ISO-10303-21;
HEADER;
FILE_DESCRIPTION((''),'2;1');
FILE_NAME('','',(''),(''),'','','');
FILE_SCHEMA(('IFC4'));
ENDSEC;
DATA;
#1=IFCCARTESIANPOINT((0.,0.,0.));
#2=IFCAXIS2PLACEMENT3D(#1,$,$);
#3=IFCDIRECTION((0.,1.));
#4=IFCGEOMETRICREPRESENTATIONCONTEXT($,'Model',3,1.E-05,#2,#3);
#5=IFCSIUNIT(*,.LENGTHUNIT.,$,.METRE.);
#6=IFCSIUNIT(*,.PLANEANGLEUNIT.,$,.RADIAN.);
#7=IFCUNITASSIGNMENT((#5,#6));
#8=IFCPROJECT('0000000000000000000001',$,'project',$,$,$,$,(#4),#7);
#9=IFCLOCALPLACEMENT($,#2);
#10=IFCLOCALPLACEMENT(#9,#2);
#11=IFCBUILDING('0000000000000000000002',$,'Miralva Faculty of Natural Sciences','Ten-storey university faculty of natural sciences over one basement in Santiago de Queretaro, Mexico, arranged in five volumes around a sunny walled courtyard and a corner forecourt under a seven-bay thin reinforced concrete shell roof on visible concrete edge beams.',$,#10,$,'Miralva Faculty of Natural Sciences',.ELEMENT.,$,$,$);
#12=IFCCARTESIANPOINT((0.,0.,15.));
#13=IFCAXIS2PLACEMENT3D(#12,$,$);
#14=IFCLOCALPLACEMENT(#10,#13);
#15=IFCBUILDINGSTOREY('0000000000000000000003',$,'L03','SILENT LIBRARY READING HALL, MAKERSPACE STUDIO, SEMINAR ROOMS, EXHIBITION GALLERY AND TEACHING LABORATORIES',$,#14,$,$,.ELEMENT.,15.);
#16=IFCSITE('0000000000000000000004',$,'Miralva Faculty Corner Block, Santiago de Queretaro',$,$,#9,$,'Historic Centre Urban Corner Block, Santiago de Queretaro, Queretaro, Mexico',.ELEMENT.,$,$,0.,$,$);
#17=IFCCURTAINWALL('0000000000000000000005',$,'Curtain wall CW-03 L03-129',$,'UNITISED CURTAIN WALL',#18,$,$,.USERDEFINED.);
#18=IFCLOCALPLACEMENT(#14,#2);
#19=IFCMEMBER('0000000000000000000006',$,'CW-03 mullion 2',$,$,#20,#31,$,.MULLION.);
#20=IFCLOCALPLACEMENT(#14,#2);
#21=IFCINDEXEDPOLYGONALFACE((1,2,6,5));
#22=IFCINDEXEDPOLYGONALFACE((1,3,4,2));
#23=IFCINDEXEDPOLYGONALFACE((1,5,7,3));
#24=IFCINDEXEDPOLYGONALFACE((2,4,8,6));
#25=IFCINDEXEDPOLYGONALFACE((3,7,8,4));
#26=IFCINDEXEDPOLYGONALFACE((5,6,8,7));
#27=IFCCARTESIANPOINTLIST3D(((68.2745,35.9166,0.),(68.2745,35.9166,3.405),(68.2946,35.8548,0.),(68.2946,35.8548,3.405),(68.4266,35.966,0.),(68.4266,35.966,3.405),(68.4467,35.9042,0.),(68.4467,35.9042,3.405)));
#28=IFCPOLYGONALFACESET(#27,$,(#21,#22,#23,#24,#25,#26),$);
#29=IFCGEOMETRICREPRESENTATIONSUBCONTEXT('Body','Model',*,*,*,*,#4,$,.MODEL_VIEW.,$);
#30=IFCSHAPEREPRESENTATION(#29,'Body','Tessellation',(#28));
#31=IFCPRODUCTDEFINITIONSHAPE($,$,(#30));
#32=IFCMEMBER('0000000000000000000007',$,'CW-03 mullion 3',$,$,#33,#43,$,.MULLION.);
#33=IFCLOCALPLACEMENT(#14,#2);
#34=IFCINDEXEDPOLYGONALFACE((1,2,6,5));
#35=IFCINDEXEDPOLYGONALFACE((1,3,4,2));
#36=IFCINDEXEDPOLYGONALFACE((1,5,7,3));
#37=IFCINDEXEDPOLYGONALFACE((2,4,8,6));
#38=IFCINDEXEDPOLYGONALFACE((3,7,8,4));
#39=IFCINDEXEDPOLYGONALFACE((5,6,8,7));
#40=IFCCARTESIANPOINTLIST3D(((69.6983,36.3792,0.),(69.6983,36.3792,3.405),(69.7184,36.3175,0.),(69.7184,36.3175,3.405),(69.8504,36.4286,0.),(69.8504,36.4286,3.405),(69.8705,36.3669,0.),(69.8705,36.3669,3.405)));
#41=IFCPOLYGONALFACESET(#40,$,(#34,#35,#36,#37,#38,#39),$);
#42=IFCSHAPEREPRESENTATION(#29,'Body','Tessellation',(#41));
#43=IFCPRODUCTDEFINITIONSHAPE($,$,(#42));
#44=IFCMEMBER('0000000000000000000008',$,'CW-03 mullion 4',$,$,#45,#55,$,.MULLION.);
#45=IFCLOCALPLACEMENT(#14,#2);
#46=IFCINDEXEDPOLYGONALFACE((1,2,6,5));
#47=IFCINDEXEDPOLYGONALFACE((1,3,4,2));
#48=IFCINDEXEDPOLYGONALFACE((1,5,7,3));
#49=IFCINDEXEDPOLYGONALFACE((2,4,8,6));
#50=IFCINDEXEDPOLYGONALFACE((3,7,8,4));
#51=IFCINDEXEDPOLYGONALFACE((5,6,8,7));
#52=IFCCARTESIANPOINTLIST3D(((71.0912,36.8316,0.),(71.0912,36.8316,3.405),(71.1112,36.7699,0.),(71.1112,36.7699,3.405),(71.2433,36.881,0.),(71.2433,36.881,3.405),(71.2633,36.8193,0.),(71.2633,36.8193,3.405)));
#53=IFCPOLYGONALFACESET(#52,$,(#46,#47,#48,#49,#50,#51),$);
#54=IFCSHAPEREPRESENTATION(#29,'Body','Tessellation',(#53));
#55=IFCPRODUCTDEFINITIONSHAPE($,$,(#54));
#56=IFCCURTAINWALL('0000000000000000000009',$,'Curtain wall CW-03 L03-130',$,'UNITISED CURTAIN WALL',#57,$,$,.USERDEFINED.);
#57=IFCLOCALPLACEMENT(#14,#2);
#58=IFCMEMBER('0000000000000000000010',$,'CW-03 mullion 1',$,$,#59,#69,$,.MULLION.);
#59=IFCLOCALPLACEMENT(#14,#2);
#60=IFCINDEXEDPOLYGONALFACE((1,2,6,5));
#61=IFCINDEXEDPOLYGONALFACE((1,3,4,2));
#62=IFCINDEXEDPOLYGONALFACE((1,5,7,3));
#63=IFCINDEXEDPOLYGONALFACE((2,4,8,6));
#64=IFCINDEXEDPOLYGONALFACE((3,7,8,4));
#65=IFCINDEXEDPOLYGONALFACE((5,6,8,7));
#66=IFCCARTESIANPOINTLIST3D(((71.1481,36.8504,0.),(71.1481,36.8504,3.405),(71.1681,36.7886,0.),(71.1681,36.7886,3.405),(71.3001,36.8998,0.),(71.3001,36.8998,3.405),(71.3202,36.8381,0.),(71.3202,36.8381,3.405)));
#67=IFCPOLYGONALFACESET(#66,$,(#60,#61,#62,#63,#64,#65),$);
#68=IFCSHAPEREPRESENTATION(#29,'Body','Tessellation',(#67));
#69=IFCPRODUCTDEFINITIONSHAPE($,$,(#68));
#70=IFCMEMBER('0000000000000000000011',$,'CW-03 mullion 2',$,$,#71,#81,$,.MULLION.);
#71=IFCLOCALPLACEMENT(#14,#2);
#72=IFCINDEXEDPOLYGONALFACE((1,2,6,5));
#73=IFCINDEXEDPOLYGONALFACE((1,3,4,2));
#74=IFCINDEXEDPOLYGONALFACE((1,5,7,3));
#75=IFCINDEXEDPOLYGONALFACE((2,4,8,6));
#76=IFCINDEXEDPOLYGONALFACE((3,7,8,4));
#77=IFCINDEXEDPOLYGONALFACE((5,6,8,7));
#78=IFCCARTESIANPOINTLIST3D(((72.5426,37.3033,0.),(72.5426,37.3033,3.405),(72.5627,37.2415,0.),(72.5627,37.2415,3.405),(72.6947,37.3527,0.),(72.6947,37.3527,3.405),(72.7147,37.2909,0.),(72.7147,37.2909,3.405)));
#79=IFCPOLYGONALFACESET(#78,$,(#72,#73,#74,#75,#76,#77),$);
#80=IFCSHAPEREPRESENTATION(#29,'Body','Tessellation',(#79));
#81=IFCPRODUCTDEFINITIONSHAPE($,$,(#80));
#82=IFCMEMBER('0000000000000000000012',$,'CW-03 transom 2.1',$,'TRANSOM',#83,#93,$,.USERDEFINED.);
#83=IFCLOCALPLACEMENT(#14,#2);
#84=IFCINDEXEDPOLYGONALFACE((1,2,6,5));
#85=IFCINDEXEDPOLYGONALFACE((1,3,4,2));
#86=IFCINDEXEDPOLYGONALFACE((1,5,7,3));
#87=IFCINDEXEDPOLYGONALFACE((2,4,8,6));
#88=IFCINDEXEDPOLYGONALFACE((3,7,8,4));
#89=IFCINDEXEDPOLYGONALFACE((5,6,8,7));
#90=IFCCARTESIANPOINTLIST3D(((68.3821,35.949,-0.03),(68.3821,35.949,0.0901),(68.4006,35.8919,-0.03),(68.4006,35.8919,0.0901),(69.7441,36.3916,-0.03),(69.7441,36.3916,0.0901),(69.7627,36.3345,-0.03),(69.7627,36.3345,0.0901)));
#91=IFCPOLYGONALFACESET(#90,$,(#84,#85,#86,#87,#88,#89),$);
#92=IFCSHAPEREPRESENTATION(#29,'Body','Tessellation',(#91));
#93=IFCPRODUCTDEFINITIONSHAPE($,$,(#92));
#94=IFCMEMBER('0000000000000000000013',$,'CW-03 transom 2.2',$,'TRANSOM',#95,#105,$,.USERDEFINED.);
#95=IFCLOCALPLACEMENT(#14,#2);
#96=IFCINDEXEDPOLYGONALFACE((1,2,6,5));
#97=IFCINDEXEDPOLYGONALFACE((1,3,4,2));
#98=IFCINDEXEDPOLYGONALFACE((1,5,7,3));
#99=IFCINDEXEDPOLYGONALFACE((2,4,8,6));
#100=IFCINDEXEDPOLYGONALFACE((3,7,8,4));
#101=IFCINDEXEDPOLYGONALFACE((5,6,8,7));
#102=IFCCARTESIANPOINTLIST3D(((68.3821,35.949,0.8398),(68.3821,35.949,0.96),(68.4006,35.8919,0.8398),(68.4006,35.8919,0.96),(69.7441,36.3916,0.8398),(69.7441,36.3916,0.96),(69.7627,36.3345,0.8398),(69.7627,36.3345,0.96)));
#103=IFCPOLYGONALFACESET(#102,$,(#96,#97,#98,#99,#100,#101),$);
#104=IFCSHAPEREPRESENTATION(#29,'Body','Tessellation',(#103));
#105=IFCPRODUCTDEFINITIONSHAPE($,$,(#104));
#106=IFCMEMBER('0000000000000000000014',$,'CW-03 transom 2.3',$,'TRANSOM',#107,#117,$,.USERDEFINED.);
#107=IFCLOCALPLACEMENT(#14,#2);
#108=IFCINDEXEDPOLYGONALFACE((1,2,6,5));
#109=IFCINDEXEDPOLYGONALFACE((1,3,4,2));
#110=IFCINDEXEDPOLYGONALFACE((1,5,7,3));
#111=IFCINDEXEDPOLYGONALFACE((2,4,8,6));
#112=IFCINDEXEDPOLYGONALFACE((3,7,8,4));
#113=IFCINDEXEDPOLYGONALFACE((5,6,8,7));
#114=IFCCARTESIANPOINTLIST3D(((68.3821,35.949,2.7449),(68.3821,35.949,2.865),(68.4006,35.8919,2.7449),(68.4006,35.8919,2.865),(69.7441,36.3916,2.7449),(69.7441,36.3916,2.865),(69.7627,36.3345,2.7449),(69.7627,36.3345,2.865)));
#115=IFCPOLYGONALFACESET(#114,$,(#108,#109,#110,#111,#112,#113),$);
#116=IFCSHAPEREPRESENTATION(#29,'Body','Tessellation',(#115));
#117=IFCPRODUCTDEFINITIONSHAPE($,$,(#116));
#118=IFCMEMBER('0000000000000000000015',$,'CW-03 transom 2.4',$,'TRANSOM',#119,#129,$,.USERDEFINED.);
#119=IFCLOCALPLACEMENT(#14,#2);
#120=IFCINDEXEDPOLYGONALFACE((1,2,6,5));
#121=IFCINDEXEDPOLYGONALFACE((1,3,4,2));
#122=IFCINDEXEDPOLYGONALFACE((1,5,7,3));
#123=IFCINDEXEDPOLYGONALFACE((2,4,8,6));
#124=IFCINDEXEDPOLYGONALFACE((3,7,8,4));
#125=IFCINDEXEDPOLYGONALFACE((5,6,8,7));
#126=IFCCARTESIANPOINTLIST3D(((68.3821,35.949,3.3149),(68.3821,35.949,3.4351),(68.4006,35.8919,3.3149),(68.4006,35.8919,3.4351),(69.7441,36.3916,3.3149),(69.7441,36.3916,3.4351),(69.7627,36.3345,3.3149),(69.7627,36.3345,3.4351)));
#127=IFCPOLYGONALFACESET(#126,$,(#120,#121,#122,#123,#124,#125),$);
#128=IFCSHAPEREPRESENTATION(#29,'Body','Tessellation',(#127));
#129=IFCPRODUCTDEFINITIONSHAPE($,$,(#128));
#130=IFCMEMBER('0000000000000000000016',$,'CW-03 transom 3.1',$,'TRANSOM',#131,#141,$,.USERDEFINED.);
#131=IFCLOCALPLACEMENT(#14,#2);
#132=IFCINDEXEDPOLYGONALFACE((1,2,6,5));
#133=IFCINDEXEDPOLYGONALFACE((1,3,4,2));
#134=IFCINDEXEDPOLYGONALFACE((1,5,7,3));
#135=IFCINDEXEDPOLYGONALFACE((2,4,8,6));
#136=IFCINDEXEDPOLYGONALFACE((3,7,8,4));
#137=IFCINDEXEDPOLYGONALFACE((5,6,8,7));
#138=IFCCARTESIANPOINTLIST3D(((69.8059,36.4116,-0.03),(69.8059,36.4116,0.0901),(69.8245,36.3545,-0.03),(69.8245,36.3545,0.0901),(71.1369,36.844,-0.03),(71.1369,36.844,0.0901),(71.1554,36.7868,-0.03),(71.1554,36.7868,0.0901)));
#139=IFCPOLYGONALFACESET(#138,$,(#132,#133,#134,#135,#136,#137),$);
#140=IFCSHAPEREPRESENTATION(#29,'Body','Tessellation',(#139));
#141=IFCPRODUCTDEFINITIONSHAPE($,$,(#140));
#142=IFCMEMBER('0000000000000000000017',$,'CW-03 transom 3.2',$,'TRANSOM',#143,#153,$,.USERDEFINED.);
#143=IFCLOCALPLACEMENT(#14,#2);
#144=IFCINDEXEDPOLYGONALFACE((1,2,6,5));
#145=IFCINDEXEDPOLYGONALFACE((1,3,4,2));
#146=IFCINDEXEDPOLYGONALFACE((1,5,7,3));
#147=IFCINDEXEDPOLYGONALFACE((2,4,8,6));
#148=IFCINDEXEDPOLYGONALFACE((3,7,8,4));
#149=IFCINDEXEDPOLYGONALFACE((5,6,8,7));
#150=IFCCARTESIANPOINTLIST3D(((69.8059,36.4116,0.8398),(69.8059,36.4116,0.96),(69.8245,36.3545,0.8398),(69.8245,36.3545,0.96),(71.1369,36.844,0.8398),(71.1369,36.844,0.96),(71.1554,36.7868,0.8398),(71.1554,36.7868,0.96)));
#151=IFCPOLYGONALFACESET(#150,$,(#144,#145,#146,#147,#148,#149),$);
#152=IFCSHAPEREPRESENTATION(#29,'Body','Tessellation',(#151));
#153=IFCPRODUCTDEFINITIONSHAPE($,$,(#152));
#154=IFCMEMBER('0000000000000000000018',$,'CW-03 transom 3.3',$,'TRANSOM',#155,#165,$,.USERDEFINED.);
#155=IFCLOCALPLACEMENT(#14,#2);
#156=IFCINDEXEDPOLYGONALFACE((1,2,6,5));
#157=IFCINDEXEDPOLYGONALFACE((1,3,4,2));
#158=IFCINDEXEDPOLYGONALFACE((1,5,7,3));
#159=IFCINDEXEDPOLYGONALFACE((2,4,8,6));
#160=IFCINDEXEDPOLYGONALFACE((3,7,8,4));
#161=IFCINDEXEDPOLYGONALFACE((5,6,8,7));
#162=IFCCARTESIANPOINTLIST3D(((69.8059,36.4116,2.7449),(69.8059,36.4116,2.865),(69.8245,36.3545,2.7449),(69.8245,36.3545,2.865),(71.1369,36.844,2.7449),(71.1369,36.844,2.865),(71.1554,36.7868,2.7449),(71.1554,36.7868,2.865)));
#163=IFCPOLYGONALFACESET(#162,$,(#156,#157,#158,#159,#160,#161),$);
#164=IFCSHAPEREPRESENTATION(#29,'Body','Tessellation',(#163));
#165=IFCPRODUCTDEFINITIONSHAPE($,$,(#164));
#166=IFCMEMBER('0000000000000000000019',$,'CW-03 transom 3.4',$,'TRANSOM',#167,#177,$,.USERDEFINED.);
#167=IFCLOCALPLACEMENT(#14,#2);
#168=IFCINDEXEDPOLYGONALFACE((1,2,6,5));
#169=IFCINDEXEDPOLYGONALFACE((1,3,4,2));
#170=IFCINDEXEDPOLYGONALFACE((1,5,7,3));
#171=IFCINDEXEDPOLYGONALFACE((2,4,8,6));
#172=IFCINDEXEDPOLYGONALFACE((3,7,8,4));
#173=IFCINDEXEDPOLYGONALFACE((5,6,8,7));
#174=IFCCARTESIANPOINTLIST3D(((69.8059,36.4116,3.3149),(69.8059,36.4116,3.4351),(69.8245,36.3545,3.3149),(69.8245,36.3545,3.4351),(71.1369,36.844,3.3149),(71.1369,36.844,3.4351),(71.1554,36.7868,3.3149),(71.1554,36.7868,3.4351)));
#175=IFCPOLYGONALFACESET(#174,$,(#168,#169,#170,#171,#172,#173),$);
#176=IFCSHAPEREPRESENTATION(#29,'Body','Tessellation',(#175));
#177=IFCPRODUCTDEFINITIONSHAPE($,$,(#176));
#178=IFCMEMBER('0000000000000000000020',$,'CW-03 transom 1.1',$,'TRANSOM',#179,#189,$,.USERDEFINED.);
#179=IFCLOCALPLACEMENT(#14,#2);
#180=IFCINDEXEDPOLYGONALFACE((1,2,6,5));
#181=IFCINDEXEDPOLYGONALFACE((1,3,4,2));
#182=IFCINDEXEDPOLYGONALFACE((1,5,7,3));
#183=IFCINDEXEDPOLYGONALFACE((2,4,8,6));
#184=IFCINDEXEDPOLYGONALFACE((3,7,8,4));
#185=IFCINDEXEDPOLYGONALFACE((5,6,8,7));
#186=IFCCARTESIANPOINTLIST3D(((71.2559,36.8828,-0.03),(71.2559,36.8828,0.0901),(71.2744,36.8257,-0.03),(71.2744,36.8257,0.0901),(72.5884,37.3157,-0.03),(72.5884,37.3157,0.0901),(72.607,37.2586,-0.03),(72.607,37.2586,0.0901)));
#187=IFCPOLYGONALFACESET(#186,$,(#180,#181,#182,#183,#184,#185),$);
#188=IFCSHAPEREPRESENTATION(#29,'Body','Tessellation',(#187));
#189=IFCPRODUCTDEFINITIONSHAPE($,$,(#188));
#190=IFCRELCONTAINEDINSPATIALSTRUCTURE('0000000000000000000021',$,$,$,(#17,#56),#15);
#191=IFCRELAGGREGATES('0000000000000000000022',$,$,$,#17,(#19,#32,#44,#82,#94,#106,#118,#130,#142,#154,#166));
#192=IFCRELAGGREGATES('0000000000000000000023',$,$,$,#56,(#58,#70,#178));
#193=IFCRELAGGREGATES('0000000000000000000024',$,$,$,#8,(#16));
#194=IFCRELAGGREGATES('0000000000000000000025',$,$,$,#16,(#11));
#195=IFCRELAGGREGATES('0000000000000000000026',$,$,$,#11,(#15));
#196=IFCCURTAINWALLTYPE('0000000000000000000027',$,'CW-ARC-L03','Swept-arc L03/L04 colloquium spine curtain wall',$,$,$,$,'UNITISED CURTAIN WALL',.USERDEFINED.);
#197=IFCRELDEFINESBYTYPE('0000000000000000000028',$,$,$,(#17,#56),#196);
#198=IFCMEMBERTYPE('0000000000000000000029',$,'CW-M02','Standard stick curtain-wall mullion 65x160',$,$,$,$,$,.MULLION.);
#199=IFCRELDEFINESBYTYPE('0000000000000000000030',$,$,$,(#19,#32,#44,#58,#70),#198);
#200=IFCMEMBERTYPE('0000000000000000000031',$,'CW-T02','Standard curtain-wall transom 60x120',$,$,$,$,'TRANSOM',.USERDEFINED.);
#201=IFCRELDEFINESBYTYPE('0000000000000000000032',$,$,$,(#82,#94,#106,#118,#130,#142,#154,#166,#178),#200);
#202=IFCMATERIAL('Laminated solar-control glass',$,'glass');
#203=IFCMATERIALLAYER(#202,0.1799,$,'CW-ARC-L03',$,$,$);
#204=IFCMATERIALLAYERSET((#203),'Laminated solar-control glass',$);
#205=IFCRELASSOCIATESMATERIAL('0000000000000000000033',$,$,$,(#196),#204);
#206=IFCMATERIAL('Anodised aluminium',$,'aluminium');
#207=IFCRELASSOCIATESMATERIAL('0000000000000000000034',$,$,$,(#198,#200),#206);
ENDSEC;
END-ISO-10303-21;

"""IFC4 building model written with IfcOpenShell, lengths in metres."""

from ifc_helpers import new_model, si_unit, direction, frame, origin, origin_2d, place, context, subcontext, project, spatial, rectangle, extrude, material, layer, layer_set, material_profile, profile_set, type_object, element, aggregate, save


model = new_model("IFC4")

# Units and contexts
model_context = context("Model", 3, precision=1e-05, world=origin(), true_north=direction((0.0, 1.0)))
body_context = subcontext(model_context, "Body", "Model", "MODEL_VIEW")
ifc_project = project(units=[si_unit("LENGTHUNIT", "METRE"), si_unit("PLANEANGLEUNIT", "RADIAN")], contexts=[model_context])

# Site, building, storey
site_placement = place(None, origin())
site = spatial("IfcSite", under=ifc_project, at=site_placement, Name="Miralva Faculty Corner Block, Santiago de Queretaro", LongName="Historic Centre Urban Corner Block, Santiago de Queretaro, Queretaro, Mexico", CompositionType="ELEMENT", RefElevation=0.0)
building_placement = place(site_placement, origin())
building = spatial("IfcBuilding", under=site, at=building_placement, Name="Miralva Faculty of Natural Sciences", Description="Ten-storey university faculty of natural sciences over one basement in Santiago de Queretaro, Mexico, arranged in five volumes around a sunny walled courtyard and a corner forecourt under a seven-bay thin reinforced concrete shell roof on visible concrete edge beams.", LongName="Miralva Faculty of Natural Sciences", CompositionType="ELEMENT")
storey_placement = place(building_placement, frame((0.0, 0.0, 15.0)))
storey = spatial("IfcBuildingStorey", under=building, at=storey_placement, Name="L03", Description="SILENT LIBRARY READING HALL, MAKERSPACE STUDIO, SEMINAR ROOMS, EXHIBITION GALLERY AND TEACHING LABORATORIES", CompositionType="ELEMENT", Elevation=15.0)

# Curtain walls, members
ifc_material_1 = material(Name="Laminated solar-control glass", Category="glass")
ifc_layer_1 = layer(ifc_material_1, 0.1799, Name="CW-ARC-L03")
ifc_layer_set_1 = layer_set([ifc_layer_1], Name="Laminated solar-control glass")
curtain_wall_type = type_object("IfcCurtainWallType", Name="CW-ARC-L03", Description="Swept-arc L03/L04 colloquium spine curtain wall", ElementType="UNITISED CURTAIN WALL", PredefinedType="USERDEFINED", material=ifc_layer_set_1)
curtain_wall_1_placement = place(storey_placement, origin())
curtain_wall_1 = element("IfcCurtainWall", 1, at=curtain_wall_1_placement, inside=storey, type_object=curtain_wall_type, Name="Curtain wall CW-03 L03-129", ObjectType="UNITISED CURTAIN WALL", PredefinedType="USERDEFINED")
ifc_material_2 = material(Name="Anodised aluminium", Category="aluminium")
ifc_material_profile_1 = material_profile(ifc_material_2, rectangle(XDim=0.0649, YDim=0.1599, at=origin_2d()), Name="MULLION 65x160")
ifc_profile_set_1 = profile_set([ifc_material_profile_1], Name="Anodised aluminium")
member_type_1 = type_object("IfcMemberType", Name="CW-M02", Description="Standard stick curtain-wall mullion 65x160", PredefinedType="MULLION", material=ifc_profile_set_1)
member_1_placement = place(storey_placement, frame((68.3606, 35.9104, 0.0), z_axis=(0.0, 0.0, 1.0), x_axis=(-0.309011, 0.951058, 0.0)))
member_1 = element("IfcMember", 2, at=member_1_placement, type_object=member_type_1, Name="CW-03 mullion 2", PredefinedType="MULLION", context=body_context, shape_type="SweptSolid", body=[
    extrude(rectangle(XDim=0.0649, YDim=0.1599, at=origin_2d()), origin(), (0.0, 0.0, 1.0), 3.405),
])
member_2_placement = place(storey_placement, frame((69.7844, 36.373, 0.0), z_axis=(0.0, 0.0, 1.0), x_axis=(-0.309011, 0.951058, 0.0)))
member_2 = element("IfcMember", 3, at=member_2_placement, type_object=member_type_1, Name="CW-03 mullion 3", PredefinedType="MULLION", context=body_context, shape_type="SweptSolid", body=[
    extrude(rectangle(XDim=0.0649, YDim=0.1599, at=origin_2d()), origin(), (0.0, 0.0, 1.0), 3.405),
])
member_3_placement = place(storey_placement, frame((71.1772, 36.8254, 0.0), z_axis=(0.0, 0.0, 1.0), x_axis=(-0.309011, 0.951058, 0.0)))
member_3 = element("IfcMember", 4, at=member_3_placement, type_object=member_type_1, Name="CW-03 mullion 4", PredefinedType="MULLION", context=body_context, shape_type="SweptSolid", body=[
    extrude(rectangle(XDim=0.0649, YDim=0.1599, at=origin_2d()), origin(), (0.0, 0.0, 1.0), 3.405),
])
curtain_wall_2_placement = place(storey_placement, origin())
curtain_wall_2 = element("IfcCurtainWall", 5, at=curtain_wall_2_placement, inside=storey, type_object=curtain_wall_type, Name="Curtain wall CW-03 L03-130", ObjectType="UNITISED CURTAIN WALL", PredefinedType="USERDEFINED")
member_4_placement = place(storey_placement, frame((71.2341, 36.8442, 0.0), z_axis=(0.0, 0.0, 1.0), x_axis=(-0.309006, 0.95106, 0.0)))
member_4 = element("IfcMember", 6, at=member_4_placement, type_object=member_type_1, Name="CW-03 mullion 1", PredefinedType="MULLION", context=body_context, shape_type="SweptSolid", body=[
    extrude(rectangle(XDim=0.0649, YDim=0.1599, at=origin_2d()), origin(), (0.0, 0.0, 1.0), 3.405),
])
member_5_placement = place(storey_placement, frame((72.6287, 37.2971, 0.0), z_axis=(0.0, 0.0, 1.0), x_axis=(-0.309006, 0.95106, 0.0)))
member_5 = element("IfcMember", 7, at=member_5_placement, type_object=member_type_1, Name="CW-03 mullion 2", PredefinedType="MULLION", context=body_context, shape_type="SweptSolid", body=[
    extrude(rectangle(XDim=0.0649, YDim=0.1599, at=origin_2d()), origin(), (0.0, 0.0, 1.0), 3.405),
])

# Members
ifc_material_profile_2 = material_profile(ifc_material_2, rectangle(XDim=0.0601, YDim=0.1201, at=origin_2d()), Name="TRANSOM 60x120")
ifc_profile_set_2 = profile_set([ifc_material_profile_2], Name="Anodised aluminium")
member_type_2 = type_object("IfcMemberType", Name="CW-T02", Description="Standard curtain-wall transom 60x120", ElementType="TRANSOM", PredefinedType="USERDEFINED", material=ifc_profile_set_2)
member_6_placement = place(storey_placement, frame((68.3914, 35.9204, 0.03), z_axis=(0.951043, 0.309059, 0.0), x_axis=(-0.309059, 0.951043, 0.0)))
member_6 = element("IfcMember", 8, at=member_6_placement, type_object=member_type_2, Name="CW-03 transom 2.1", ObjectType="TRANSOM", PredefinedType="USERDEFINED", context=body_context, shape_type="SweptSolid", body=[
    extrude(rectangle(XDim=0.0601, YDim=0.1201, at=origin_2d()), origin(), (0.0, 0.0, 1.0), 1.4321),
])
member_7_placement = place(storey_placement, frame((68.3914, 35.9204, 0.8999), z_axis=(0.951043, 0.309059, 0.0), x_axis=(-0.309059, 0.951043, 0.0)))
member_7 = element("IfcMember", 9, at=member_7_placement, type_object=member_type_2, Name="CW-03 transom 2.2", ObjectType="TRANSOM", PredefinedType="USERDEFINED", context=body_context, shape_type="SweptSolid", body=[
    extrude(rectangle(XDim=0.0601, YDim=0.1201, at=origin_2d()), origin(), (0.0, 0.0, 1.0), 1.4321),
])
member_8_placement = place(storey_placement, frame((68.3914, 35.9204, 2.8049), z_axis=(0.951043, 0.309059, 0.0), x_axis=(-0.309059, 0.951043, 0.0)))
member_8 = element("IfcMember", 10, at=member_8_placement, type_object=member_type_2, Name="CW-03 transom 2.3", ObjectType="TRANSOM", PredefinedType="USERDEFINED", context=body_context, shape_type="SweptSolid", body=[
    extrude(rectangle(XDim=0.0601, YDim=0.1201, at=origin_2d()), origin(), (0.0, 0.0, 1.0), 1.4321),
])
member_9_placement = place(storey_placement, frame((68.3914, 35.9204, 3.375), z_axis=(0.951043, 0.309059, 0.0), x_axis=(-0.309059, 0.951043, 0.0)))
member_9 = element("IfcMember", 11, at=member_9_placement, type_object=member_type_2, Name="CW-03 transom 2.4", ObjectType="TRANSOM", PredefinedType="USERDEFINED", context=body_context, shape_type="SweptSolid", body=[
    extrude(rectangle(XDim=0.0601, YDim=0.1201, at=origin_2d()), origin(), (0.0, 0.0, 1.0), 1.4321),
])
member_10_placement = place(storey_placement, frame((69.8152, 36.3831, 0.03), z_axis=(0.95108, 0.308944, 0.0), x_axis=(-0.308944, 0.95108, 0.0)))
member_10 = element("IfcMember", 12, at=member_10_placement, type_object=member_type_2, Name="CW-03 transom 3.1", ObjectType="TRANSOM", PredefinedType="USERDEFINED", context=body_context, shape_type="SweptSolid", body=[
    extrude(rectangle(XDim=0.0601, YDim=0.1201, at=origin_2d()), origin(), (0.0, 0.0, 1.0), 1.3994),
])
member_11_placement = place(storey_placement, frame((69.8152, 36.3831, 0.8999), z_axis=(0.95108, 0.308944, 0.0), x_axis=(-0.308944, 0.95108, 0.0)))
member_11 = element("IfcMember", 13, at=member_11_placement, type_object=member_type_2, Name="CW-03 transom 3.2", ObjectType="TRANSOM", PredefinedType="USERDEFINED", context=body_context, shape_type="SweptSolid", body=[
    extrude(rectangle(XDim=0.0601, YDim=0.1201, at=origin_2d()), origin(), (0.0, 0.0, 1.0), 1.3994),
])
member_12_placement = place(storey_placement, frame((69.8152, 36.3831, 2.8049), z_axis=(0.95108, 0.308944, 0.0), x_axis=(-0.308944, 0.95108, 0.0)))
member_12 = element("IfcMember", 14, at=member_12_placement, type_object=member_type_2, Name="CW-03 transom 3.3", ObjectType="TRANSOM", PredefinedType="USERDEFINED", context=body_context, shape_type="SweptSolid", body=[
    extrude(rectangle(XDim=0.0601, YDim=0.1201, at=origin_2d()), origin(), (0.0, 0.0, 1.0), 1.3994),
])
member_13_placement = place(storey_placement, frame((69.8152, 36.3831, 3.375), z_axis=(0.95108, 0.308944, 0.0), x_axis=(-0.308944, 0.95108, 0.0)))
member_13 = element("IfcMember", 15, at=member_13_placement, type_object=member_type_2, Name="CW-03 transom 3.4", ObjectType="TRANSOM", PredefinedType="USERDEFINED", context=body_context, shape_type="SweptSolid", body=[
    extrude(rectangle(XDim=0.0601, YDim=0.1201, at=origin_2d()), origin(), (0.0, 0.0, 1.0), 1.3994),
])
member_14_placement = place(storey_placement, frame((71.2651, 36.8542, 0.03), z_axis=(0.951078, 0.308952, 0.0), x_axis=(-0.308952, 0.951078, 0.0)))
member_14 = element("IfcMember", 16, at=member_14_placement, type_object=member_type_2, Name="CW-03 transom 1.1", ObjectType="TRANSOM", PredefinedType="USERDEFINED", context=body_context, shape_type="SweptSolid", body=[
    extrude(rectangle(XDim=0.0601, YDim=0.1201, at=origin_2d()), origin(), (0.0, 0.0, 1.0), 1.4011),
])

aggregate(curtain_wall_1, [member_1, member_2, member_3, member_6, member_7, member_8, member_9, member_10, member_11, member_12, member_13])
aggregate(curtain_wall_2, [member_4, member_5, member_14])

save(model, "model.ifc")
